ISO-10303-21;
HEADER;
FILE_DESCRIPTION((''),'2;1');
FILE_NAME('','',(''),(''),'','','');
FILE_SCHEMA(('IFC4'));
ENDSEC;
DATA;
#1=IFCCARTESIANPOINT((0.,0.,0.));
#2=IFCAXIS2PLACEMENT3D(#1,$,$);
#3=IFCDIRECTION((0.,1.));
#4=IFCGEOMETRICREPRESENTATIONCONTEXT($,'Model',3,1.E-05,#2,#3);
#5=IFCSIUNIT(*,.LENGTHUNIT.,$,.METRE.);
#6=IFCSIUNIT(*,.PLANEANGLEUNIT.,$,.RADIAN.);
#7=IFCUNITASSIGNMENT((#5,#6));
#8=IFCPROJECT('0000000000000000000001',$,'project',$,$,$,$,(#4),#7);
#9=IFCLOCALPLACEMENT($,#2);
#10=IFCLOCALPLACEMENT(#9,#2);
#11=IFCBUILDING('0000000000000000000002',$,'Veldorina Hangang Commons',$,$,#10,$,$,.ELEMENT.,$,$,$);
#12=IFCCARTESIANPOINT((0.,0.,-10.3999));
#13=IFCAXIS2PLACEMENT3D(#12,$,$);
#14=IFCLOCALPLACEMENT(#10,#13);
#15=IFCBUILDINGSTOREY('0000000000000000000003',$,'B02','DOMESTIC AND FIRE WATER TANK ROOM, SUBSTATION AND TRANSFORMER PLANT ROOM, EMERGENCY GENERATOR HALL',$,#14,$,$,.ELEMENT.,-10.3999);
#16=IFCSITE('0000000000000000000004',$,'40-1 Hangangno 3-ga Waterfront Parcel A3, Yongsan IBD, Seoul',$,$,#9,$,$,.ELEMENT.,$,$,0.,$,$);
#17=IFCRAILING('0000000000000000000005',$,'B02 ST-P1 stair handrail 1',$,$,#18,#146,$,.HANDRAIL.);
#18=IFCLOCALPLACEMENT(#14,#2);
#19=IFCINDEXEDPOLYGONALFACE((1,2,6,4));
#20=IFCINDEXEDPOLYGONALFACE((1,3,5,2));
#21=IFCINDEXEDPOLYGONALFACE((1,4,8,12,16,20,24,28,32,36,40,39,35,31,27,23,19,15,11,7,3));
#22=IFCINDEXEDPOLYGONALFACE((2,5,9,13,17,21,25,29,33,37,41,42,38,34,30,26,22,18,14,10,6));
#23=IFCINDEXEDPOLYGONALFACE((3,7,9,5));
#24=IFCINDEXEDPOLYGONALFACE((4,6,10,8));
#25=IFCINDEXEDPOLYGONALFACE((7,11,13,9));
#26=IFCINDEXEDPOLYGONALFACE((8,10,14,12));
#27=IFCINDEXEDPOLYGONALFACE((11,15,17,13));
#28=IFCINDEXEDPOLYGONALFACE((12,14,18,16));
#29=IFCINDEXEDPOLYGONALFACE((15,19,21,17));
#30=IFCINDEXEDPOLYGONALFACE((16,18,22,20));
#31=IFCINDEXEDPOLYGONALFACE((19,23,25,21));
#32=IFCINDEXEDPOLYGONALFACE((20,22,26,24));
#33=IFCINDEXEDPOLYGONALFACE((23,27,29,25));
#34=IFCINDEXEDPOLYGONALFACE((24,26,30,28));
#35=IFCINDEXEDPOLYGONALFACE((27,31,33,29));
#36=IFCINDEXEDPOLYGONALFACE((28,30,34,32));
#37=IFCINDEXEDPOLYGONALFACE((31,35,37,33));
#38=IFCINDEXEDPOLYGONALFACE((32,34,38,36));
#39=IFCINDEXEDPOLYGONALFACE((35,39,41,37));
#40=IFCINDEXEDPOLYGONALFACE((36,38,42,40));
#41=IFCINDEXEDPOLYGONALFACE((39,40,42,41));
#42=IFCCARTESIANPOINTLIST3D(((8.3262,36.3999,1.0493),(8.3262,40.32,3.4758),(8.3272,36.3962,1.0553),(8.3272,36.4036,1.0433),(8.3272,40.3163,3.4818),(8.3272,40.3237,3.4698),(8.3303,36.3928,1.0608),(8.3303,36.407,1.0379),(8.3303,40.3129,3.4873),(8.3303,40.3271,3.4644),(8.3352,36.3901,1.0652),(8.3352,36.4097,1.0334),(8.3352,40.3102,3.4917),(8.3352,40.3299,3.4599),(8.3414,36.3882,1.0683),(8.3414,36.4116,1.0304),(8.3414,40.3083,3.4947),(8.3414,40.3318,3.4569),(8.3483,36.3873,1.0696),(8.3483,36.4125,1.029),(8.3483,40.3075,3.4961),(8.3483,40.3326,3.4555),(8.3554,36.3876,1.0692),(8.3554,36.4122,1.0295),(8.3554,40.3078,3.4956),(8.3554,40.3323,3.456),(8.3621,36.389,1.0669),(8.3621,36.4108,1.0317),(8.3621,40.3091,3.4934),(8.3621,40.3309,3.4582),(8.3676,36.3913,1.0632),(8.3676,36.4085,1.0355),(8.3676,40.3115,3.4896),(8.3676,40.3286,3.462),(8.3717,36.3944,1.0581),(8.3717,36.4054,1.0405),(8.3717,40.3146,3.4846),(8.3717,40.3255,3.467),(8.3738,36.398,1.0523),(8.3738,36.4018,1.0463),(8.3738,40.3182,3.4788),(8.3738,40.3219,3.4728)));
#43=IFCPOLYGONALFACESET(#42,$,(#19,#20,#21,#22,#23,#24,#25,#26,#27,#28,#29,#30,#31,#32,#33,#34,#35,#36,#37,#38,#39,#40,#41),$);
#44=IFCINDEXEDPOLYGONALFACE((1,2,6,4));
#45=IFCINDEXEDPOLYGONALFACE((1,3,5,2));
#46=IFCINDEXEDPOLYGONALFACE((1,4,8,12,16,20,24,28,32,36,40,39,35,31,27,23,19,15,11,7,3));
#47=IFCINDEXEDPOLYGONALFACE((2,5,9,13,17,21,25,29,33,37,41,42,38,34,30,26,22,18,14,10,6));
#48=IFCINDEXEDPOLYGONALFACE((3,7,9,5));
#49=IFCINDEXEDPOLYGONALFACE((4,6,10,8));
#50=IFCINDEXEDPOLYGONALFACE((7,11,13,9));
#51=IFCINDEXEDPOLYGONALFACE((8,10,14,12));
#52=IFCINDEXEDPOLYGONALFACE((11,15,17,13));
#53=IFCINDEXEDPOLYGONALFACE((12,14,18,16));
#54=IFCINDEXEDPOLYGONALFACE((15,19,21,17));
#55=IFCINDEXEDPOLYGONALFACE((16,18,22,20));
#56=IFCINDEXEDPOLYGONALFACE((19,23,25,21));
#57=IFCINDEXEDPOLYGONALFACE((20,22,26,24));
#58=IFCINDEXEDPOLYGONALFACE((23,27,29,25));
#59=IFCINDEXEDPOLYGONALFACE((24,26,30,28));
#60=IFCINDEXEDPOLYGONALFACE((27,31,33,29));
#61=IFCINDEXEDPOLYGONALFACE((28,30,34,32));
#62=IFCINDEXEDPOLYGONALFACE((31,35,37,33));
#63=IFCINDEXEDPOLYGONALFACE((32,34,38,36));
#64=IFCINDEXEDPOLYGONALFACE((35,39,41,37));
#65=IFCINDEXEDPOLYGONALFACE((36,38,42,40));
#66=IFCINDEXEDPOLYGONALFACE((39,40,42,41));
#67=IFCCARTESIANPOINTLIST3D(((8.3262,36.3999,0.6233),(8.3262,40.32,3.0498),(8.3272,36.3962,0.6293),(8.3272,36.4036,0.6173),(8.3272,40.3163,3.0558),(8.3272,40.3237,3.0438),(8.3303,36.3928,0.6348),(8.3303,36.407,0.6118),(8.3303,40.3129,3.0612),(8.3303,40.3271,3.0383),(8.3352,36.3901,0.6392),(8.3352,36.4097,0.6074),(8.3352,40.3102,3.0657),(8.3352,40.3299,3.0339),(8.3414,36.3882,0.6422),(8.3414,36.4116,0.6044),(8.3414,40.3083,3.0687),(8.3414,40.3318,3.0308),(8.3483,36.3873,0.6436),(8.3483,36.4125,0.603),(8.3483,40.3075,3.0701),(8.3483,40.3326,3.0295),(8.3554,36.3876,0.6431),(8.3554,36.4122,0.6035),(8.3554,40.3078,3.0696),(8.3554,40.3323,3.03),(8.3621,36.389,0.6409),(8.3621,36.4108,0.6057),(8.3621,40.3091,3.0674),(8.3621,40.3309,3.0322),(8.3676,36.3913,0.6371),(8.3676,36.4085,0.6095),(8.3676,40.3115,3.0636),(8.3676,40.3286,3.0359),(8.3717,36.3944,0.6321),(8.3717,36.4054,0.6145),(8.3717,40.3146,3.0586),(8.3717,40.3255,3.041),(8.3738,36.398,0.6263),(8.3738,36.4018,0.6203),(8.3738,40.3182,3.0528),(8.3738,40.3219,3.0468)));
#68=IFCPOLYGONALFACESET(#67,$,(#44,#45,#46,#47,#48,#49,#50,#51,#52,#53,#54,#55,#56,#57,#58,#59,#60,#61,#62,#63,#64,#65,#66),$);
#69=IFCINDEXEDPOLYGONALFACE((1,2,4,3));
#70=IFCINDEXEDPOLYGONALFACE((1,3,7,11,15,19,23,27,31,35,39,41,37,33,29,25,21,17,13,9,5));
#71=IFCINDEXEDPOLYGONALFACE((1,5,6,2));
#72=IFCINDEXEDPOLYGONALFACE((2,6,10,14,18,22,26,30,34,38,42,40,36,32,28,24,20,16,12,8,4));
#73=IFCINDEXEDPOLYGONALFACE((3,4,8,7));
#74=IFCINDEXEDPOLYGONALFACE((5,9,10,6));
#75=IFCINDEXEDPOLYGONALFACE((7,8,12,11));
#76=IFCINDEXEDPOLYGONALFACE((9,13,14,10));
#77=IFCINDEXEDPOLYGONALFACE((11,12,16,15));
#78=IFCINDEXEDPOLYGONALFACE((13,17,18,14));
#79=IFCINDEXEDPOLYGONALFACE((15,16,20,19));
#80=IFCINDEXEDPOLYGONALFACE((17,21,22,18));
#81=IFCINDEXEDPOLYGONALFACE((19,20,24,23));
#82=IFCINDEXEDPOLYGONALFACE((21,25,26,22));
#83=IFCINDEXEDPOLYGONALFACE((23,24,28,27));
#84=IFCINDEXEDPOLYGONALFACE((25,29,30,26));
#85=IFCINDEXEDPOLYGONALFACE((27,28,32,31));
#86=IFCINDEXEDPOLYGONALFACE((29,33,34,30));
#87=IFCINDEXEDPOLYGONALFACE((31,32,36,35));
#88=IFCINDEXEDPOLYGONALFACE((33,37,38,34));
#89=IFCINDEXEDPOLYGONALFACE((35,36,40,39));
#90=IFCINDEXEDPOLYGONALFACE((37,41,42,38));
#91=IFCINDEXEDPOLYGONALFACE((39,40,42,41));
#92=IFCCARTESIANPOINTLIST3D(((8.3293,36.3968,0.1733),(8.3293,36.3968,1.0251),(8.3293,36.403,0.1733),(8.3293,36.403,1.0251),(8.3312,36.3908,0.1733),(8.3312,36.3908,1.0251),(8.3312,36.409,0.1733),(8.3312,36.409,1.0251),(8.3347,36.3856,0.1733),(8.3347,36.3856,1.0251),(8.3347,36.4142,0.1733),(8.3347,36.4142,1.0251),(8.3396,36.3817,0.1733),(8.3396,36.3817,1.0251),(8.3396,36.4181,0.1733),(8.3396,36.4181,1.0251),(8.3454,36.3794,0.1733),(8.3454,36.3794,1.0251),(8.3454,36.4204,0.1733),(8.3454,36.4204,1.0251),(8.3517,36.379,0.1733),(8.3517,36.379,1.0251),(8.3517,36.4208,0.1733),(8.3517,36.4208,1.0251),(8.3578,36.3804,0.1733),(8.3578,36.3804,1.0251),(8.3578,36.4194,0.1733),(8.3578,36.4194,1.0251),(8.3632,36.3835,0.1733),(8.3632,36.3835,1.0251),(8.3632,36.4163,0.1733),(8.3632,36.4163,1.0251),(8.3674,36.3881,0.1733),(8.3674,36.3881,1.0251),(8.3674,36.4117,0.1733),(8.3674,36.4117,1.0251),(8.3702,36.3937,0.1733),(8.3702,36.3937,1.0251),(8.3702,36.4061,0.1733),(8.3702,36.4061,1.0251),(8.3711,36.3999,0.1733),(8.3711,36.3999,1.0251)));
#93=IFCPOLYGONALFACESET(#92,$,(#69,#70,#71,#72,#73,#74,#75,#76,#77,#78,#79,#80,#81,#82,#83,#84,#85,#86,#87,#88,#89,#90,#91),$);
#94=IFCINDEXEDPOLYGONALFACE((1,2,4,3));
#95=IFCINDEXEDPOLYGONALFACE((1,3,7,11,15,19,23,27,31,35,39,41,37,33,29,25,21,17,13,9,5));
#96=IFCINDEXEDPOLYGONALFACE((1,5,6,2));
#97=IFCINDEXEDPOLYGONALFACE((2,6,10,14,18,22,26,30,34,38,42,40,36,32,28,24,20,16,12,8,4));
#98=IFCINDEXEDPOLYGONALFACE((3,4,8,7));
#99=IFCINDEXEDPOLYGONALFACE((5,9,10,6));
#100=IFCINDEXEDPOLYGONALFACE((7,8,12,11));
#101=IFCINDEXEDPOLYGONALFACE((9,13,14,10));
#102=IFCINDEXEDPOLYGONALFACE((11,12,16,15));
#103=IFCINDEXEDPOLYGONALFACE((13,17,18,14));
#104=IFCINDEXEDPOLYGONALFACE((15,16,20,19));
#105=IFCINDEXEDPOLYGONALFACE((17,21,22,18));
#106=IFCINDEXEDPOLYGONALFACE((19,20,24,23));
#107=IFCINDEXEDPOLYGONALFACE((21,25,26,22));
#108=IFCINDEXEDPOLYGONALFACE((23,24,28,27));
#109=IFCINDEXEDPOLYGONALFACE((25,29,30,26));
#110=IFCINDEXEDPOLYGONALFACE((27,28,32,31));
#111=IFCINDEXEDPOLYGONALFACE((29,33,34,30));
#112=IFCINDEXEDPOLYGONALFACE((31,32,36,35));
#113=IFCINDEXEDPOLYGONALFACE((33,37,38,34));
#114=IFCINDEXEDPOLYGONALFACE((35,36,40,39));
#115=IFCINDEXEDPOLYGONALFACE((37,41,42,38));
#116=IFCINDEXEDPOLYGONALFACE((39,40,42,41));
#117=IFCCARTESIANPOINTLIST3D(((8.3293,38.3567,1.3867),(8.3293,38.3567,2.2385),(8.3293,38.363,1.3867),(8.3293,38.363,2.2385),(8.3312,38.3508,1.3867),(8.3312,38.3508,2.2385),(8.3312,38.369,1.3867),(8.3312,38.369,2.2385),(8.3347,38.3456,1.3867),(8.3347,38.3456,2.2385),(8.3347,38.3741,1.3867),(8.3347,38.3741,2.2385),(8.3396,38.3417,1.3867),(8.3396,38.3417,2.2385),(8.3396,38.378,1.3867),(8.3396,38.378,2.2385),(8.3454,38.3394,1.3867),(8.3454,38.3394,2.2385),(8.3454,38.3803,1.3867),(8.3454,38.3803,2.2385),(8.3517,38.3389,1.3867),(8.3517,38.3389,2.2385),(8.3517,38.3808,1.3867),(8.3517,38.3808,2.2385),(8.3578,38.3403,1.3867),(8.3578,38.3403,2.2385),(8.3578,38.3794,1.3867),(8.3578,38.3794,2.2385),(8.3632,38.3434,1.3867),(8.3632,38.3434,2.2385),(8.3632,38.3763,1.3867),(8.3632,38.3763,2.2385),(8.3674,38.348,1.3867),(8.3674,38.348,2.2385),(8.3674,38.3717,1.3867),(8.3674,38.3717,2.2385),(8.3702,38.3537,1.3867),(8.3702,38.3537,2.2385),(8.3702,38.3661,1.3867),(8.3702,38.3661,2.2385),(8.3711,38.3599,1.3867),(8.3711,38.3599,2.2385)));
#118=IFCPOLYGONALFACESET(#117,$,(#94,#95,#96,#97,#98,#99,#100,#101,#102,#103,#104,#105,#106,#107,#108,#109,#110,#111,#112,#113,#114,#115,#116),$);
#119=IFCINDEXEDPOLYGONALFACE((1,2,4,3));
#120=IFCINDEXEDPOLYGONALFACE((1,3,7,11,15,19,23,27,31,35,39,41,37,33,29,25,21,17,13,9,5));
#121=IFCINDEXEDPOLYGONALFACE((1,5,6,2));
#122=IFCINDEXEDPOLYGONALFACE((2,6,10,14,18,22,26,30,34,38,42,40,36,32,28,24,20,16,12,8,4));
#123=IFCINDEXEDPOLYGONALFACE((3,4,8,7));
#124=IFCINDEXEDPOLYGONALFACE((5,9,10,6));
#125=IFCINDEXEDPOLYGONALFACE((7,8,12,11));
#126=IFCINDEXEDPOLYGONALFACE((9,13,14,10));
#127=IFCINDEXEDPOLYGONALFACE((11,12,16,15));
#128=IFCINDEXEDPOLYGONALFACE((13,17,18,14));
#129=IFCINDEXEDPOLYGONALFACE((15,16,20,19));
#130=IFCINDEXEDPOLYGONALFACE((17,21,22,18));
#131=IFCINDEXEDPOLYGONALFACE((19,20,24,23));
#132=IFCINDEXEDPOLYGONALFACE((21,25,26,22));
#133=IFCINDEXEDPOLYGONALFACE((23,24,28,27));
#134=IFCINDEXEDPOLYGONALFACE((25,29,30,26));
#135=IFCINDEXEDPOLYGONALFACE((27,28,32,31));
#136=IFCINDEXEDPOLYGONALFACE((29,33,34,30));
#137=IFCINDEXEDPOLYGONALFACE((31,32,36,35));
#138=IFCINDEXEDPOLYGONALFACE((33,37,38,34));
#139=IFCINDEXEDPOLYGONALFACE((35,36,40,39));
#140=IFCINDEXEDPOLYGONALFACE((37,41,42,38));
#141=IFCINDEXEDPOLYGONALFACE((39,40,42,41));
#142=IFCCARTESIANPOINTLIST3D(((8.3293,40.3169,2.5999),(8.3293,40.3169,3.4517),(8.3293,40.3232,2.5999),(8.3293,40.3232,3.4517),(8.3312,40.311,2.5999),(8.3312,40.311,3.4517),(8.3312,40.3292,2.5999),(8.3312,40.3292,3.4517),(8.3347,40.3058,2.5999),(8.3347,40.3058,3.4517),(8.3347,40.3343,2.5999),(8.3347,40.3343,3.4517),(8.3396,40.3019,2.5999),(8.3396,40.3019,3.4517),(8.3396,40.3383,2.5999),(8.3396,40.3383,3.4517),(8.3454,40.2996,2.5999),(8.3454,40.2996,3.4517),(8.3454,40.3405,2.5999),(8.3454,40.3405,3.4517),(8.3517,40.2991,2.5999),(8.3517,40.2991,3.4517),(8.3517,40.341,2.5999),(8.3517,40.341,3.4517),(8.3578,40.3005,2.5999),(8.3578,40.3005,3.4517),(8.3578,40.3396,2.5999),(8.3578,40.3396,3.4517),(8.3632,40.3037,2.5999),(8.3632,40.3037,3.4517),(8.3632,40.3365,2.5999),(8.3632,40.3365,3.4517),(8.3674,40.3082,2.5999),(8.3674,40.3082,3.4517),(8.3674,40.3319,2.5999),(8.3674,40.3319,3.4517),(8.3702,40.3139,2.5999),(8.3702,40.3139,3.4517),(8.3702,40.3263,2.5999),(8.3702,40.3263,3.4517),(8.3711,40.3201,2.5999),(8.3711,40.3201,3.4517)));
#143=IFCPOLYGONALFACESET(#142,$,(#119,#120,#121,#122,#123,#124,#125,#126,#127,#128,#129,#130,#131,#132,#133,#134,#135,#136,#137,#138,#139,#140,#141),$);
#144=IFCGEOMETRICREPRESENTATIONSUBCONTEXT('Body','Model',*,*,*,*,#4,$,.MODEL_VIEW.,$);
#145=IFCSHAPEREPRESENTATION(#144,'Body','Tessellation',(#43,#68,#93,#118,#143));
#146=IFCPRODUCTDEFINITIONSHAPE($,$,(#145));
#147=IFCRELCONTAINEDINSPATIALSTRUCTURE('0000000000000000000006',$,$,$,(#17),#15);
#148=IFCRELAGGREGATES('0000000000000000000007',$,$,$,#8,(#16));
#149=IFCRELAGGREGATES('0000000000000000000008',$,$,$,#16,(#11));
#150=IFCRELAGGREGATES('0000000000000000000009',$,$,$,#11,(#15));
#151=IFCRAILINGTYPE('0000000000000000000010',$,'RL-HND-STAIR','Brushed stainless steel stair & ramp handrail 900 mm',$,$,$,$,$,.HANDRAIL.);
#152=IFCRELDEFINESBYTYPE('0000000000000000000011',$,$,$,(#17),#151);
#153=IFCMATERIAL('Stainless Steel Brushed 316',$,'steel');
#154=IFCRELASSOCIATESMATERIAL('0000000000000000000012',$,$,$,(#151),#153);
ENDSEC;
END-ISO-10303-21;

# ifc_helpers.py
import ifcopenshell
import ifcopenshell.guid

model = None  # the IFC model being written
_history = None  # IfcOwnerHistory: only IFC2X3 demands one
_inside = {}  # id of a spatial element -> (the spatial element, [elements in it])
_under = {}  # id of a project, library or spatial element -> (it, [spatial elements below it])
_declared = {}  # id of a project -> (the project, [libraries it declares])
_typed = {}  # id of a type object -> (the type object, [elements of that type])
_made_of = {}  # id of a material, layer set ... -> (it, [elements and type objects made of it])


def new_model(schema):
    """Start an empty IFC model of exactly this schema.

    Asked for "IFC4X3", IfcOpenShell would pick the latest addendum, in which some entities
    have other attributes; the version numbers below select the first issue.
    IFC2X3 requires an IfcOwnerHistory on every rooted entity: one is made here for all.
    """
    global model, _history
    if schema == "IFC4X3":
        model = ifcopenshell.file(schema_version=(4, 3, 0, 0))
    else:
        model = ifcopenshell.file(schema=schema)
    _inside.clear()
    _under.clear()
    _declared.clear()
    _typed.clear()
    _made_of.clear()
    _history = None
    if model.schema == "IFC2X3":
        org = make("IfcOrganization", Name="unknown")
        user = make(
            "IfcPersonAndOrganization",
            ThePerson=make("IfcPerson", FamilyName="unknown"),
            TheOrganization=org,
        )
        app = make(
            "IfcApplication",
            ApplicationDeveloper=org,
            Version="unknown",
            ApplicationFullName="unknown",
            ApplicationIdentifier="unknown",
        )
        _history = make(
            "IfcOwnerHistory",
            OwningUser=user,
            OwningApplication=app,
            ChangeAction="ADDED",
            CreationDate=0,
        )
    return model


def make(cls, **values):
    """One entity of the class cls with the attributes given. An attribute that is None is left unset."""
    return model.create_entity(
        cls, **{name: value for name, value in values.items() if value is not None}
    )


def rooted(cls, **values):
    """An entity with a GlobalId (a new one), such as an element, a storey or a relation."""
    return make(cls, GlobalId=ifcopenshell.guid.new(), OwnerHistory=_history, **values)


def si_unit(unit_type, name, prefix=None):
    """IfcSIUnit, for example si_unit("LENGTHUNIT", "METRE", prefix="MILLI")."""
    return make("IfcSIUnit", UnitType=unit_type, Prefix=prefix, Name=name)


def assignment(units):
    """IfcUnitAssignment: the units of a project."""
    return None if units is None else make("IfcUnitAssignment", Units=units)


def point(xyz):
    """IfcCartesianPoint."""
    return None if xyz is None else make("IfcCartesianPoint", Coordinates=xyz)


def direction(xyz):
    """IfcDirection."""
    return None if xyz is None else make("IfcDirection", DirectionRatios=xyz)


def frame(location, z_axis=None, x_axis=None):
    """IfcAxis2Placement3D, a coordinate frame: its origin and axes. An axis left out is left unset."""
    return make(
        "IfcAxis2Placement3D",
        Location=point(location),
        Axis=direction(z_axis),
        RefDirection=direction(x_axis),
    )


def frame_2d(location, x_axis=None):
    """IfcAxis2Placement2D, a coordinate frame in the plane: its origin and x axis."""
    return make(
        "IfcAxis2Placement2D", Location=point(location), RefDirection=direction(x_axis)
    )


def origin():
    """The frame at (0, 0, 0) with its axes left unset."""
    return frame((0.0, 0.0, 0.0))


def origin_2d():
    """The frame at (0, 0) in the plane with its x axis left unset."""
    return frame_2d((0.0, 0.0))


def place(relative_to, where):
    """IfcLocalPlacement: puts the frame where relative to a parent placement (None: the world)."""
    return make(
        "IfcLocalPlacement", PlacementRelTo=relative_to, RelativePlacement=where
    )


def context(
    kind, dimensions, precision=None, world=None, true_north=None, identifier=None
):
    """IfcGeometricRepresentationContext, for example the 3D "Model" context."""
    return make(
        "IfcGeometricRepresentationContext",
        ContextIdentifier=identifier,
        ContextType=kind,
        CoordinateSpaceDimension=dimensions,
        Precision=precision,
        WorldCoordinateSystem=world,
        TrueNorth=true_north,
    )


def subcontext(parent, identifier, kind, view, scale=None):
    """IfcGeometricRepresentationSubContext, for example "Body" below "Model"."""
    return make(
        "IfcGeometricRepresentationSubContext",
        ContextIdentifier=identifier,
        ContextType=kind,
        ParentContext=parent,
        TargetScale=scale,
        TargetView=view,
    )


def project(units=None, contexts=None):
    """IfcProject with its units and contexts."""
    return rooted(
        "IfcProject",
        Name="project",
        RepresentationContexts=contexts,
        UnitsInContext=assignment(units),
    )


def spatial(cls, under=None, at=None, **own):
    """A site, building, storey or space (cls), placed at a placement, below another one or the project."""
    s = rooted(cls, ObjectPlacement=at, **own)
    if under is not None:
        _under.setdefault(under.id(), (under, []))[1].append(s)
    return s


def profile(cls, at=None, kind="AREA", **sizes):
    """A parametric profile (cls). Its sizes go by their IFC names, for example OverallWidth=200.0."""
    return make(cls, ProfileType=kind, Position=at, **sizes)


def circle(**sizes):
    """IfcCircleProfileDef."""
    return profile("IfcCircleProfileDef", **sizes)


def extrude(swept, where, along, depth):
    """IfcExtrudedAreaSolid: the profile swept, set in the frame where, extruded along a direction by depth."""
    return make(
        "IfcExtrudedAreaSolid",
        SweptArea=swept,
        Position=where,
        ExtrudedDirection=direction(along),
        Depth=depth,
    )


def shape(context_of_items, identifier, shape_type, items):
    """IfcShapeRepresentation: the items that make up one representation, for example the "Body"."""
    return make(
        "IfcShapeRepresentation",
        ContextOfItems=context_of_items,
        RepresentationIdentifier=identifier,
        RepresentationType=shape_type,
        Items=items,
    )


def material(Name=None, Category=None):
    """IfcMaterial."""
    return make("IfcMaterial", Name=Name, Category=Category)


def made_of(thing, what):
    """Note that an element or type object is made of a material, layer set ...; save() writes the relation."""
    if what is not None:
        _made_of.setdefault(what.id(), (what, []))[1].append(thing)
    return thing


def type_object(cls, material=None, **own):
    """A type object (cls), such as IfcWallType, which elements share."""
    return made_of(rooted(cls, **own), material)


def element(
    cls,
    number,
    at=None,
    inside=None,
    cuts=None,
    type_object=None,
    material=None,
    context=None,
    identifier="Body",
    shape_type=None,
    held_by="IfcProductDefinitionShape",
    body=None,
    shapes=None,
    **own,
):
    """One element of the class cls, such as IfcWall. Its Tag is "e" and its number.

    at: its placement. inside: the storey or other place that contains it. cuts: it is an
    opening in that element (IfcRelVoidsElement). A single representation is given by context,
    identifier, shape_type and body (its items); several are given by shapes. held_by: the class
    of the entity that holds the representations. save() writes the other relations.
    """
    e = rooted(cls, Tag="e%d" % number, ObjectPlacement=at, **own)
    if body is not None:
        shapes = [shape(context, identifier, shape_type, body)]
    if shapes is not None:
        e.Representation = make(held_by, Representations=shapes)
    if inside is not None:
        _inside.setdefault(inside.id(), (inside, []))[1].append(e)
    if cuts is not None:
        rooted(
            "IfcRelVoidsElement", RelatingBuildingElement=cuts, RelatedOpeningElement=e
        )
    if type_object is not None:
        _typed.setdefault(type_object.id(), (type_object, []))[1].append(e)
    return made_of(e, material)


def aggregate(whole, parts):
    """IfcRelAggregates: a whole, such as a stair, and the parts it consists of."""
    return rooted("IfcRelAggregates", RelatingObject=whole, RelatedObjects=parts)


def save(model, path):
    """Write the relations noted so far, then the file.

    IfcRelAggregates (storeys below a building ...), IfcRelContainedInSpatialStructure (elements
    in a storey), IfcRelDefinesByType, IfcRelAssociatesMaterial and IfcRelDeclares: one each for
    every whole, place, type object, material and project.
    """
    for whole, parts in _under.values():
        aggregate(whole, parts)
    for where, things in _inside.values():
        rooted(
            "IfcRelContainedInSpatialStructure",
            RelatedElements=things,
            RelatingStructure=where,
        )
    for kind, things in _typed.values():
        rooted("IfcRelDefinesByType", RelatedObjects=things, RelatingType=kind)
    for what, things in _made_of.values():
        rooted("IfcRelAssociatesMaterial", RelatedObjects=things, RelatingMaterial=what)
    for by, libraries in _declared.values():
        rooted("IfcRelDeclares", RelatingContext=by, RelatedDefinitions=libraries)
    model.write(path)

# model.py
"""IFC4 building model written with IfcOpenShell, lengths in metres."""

from ifc_helpers import new_model, si_unit, direction, frame, origin, origin_2d, place, context, subcontext, project, spatial, circle, extrude, material, type_object, element, save


model = new_model("IFC4")

# Units and contexts
model_context = context("Model", 3, precision=1e-05, world=origin(), true_north=direction((0.0, 1.0)))
body_context = subcontext(model_context, "Body", "Model", "MODEL_VIEW")
ifc_project = project(units=[si_unit("LENGTHUNIT", "METRE"), si_unit("PLANEANGLEUNIT", "RADIAN")], contexts=[model_context])

# Site, building, storey
site_placement = place(None, origin())
site = spatial("IfcSite", under=ifc_project, at=site_placement, Name="40-1 Hangangno 3-ga Waterfront Parcel A3, Yongsan IBD, Seoul", CompositionType="ELEMENT", RefElevation=0.0)
building_placement = place(site_placement, origin())
building = spatial("IfcBuilding", under=site, at=building_placement, Name="Veldorina Hangang Commons", CompositionType="ELEMENT")
storey_placement = place(building_placement, frame((0.0, 0.0, -10.3999)))
storey = spatial("IfcBuildingStorey", under=building, at=storey_placement, Name="B02", Description="DOMESTIC AND FIRE WATER TANK ROOM, SUBSTATION AND TRANSFORMER PLANT ROOM, EMERGENCY GENERATOR HALL", CompositionType="ELEMENT", Elevation=-10.3999)

# Railing
ifc_material_1 = material(Name="Stainless Steel Brushed 316", Category="steel")
railing_type_1 = type_object("IfcRailingType", Name="RL-HND-STAIR", Description="Brushed stainless steel stair & ramp handrail 900 mm", PredefinedType="HANDRAIL", material=ifc_material_1)
railing_1_placement = place(storey_placement, frame((8.3501, 36.3999, 0.1733)))
element("IfcRailing", 1, at=railing_1_placement, inside=storey, type_object=railing_type_1, Name="B02 ST-P1 stair handrail 1", PredefinedType="HANDRAIL", context=body_context, shape_type="SweptSolid", body=[
    extrude(circle(Radius=0.0239, at=origin_2d()), frame((0.0, 0.0, 0.876), z_axis=(0.0, 0.85029, 0.526315), x_axis=(-1.0, 0.0, 0.0)), (0.0, 0.0, 1.0), 4.6104),
    extrude(circle(Radius=0.0239, at=origin_2d()), frame((0.0, 0.0, 0.45), z_axis=(0.0, 0.85029, 0.526315), x_axis=(-1.0, 0.0, 0.0)), (0.0, 0.0, 1.0), 4.6104),
    extrude(circle(Radius=0.021, at=origin_2d()), origin(), (0.0, 0.0, 1.0), 0.8518),
    extrude(circle(Radius=0.021, at=origin_2d()), frame((0.0, 1.96, 1.2134)), (0.0, 0.0, 1.0), 0.8518),
    extrude(circle(Radius=0.021, at=origin_2d()), frame((0.0, 3.9202, 2.4265)), (0.0, 0.0, 1.0), 0.8518),
])

save(model, "model.ifc")
